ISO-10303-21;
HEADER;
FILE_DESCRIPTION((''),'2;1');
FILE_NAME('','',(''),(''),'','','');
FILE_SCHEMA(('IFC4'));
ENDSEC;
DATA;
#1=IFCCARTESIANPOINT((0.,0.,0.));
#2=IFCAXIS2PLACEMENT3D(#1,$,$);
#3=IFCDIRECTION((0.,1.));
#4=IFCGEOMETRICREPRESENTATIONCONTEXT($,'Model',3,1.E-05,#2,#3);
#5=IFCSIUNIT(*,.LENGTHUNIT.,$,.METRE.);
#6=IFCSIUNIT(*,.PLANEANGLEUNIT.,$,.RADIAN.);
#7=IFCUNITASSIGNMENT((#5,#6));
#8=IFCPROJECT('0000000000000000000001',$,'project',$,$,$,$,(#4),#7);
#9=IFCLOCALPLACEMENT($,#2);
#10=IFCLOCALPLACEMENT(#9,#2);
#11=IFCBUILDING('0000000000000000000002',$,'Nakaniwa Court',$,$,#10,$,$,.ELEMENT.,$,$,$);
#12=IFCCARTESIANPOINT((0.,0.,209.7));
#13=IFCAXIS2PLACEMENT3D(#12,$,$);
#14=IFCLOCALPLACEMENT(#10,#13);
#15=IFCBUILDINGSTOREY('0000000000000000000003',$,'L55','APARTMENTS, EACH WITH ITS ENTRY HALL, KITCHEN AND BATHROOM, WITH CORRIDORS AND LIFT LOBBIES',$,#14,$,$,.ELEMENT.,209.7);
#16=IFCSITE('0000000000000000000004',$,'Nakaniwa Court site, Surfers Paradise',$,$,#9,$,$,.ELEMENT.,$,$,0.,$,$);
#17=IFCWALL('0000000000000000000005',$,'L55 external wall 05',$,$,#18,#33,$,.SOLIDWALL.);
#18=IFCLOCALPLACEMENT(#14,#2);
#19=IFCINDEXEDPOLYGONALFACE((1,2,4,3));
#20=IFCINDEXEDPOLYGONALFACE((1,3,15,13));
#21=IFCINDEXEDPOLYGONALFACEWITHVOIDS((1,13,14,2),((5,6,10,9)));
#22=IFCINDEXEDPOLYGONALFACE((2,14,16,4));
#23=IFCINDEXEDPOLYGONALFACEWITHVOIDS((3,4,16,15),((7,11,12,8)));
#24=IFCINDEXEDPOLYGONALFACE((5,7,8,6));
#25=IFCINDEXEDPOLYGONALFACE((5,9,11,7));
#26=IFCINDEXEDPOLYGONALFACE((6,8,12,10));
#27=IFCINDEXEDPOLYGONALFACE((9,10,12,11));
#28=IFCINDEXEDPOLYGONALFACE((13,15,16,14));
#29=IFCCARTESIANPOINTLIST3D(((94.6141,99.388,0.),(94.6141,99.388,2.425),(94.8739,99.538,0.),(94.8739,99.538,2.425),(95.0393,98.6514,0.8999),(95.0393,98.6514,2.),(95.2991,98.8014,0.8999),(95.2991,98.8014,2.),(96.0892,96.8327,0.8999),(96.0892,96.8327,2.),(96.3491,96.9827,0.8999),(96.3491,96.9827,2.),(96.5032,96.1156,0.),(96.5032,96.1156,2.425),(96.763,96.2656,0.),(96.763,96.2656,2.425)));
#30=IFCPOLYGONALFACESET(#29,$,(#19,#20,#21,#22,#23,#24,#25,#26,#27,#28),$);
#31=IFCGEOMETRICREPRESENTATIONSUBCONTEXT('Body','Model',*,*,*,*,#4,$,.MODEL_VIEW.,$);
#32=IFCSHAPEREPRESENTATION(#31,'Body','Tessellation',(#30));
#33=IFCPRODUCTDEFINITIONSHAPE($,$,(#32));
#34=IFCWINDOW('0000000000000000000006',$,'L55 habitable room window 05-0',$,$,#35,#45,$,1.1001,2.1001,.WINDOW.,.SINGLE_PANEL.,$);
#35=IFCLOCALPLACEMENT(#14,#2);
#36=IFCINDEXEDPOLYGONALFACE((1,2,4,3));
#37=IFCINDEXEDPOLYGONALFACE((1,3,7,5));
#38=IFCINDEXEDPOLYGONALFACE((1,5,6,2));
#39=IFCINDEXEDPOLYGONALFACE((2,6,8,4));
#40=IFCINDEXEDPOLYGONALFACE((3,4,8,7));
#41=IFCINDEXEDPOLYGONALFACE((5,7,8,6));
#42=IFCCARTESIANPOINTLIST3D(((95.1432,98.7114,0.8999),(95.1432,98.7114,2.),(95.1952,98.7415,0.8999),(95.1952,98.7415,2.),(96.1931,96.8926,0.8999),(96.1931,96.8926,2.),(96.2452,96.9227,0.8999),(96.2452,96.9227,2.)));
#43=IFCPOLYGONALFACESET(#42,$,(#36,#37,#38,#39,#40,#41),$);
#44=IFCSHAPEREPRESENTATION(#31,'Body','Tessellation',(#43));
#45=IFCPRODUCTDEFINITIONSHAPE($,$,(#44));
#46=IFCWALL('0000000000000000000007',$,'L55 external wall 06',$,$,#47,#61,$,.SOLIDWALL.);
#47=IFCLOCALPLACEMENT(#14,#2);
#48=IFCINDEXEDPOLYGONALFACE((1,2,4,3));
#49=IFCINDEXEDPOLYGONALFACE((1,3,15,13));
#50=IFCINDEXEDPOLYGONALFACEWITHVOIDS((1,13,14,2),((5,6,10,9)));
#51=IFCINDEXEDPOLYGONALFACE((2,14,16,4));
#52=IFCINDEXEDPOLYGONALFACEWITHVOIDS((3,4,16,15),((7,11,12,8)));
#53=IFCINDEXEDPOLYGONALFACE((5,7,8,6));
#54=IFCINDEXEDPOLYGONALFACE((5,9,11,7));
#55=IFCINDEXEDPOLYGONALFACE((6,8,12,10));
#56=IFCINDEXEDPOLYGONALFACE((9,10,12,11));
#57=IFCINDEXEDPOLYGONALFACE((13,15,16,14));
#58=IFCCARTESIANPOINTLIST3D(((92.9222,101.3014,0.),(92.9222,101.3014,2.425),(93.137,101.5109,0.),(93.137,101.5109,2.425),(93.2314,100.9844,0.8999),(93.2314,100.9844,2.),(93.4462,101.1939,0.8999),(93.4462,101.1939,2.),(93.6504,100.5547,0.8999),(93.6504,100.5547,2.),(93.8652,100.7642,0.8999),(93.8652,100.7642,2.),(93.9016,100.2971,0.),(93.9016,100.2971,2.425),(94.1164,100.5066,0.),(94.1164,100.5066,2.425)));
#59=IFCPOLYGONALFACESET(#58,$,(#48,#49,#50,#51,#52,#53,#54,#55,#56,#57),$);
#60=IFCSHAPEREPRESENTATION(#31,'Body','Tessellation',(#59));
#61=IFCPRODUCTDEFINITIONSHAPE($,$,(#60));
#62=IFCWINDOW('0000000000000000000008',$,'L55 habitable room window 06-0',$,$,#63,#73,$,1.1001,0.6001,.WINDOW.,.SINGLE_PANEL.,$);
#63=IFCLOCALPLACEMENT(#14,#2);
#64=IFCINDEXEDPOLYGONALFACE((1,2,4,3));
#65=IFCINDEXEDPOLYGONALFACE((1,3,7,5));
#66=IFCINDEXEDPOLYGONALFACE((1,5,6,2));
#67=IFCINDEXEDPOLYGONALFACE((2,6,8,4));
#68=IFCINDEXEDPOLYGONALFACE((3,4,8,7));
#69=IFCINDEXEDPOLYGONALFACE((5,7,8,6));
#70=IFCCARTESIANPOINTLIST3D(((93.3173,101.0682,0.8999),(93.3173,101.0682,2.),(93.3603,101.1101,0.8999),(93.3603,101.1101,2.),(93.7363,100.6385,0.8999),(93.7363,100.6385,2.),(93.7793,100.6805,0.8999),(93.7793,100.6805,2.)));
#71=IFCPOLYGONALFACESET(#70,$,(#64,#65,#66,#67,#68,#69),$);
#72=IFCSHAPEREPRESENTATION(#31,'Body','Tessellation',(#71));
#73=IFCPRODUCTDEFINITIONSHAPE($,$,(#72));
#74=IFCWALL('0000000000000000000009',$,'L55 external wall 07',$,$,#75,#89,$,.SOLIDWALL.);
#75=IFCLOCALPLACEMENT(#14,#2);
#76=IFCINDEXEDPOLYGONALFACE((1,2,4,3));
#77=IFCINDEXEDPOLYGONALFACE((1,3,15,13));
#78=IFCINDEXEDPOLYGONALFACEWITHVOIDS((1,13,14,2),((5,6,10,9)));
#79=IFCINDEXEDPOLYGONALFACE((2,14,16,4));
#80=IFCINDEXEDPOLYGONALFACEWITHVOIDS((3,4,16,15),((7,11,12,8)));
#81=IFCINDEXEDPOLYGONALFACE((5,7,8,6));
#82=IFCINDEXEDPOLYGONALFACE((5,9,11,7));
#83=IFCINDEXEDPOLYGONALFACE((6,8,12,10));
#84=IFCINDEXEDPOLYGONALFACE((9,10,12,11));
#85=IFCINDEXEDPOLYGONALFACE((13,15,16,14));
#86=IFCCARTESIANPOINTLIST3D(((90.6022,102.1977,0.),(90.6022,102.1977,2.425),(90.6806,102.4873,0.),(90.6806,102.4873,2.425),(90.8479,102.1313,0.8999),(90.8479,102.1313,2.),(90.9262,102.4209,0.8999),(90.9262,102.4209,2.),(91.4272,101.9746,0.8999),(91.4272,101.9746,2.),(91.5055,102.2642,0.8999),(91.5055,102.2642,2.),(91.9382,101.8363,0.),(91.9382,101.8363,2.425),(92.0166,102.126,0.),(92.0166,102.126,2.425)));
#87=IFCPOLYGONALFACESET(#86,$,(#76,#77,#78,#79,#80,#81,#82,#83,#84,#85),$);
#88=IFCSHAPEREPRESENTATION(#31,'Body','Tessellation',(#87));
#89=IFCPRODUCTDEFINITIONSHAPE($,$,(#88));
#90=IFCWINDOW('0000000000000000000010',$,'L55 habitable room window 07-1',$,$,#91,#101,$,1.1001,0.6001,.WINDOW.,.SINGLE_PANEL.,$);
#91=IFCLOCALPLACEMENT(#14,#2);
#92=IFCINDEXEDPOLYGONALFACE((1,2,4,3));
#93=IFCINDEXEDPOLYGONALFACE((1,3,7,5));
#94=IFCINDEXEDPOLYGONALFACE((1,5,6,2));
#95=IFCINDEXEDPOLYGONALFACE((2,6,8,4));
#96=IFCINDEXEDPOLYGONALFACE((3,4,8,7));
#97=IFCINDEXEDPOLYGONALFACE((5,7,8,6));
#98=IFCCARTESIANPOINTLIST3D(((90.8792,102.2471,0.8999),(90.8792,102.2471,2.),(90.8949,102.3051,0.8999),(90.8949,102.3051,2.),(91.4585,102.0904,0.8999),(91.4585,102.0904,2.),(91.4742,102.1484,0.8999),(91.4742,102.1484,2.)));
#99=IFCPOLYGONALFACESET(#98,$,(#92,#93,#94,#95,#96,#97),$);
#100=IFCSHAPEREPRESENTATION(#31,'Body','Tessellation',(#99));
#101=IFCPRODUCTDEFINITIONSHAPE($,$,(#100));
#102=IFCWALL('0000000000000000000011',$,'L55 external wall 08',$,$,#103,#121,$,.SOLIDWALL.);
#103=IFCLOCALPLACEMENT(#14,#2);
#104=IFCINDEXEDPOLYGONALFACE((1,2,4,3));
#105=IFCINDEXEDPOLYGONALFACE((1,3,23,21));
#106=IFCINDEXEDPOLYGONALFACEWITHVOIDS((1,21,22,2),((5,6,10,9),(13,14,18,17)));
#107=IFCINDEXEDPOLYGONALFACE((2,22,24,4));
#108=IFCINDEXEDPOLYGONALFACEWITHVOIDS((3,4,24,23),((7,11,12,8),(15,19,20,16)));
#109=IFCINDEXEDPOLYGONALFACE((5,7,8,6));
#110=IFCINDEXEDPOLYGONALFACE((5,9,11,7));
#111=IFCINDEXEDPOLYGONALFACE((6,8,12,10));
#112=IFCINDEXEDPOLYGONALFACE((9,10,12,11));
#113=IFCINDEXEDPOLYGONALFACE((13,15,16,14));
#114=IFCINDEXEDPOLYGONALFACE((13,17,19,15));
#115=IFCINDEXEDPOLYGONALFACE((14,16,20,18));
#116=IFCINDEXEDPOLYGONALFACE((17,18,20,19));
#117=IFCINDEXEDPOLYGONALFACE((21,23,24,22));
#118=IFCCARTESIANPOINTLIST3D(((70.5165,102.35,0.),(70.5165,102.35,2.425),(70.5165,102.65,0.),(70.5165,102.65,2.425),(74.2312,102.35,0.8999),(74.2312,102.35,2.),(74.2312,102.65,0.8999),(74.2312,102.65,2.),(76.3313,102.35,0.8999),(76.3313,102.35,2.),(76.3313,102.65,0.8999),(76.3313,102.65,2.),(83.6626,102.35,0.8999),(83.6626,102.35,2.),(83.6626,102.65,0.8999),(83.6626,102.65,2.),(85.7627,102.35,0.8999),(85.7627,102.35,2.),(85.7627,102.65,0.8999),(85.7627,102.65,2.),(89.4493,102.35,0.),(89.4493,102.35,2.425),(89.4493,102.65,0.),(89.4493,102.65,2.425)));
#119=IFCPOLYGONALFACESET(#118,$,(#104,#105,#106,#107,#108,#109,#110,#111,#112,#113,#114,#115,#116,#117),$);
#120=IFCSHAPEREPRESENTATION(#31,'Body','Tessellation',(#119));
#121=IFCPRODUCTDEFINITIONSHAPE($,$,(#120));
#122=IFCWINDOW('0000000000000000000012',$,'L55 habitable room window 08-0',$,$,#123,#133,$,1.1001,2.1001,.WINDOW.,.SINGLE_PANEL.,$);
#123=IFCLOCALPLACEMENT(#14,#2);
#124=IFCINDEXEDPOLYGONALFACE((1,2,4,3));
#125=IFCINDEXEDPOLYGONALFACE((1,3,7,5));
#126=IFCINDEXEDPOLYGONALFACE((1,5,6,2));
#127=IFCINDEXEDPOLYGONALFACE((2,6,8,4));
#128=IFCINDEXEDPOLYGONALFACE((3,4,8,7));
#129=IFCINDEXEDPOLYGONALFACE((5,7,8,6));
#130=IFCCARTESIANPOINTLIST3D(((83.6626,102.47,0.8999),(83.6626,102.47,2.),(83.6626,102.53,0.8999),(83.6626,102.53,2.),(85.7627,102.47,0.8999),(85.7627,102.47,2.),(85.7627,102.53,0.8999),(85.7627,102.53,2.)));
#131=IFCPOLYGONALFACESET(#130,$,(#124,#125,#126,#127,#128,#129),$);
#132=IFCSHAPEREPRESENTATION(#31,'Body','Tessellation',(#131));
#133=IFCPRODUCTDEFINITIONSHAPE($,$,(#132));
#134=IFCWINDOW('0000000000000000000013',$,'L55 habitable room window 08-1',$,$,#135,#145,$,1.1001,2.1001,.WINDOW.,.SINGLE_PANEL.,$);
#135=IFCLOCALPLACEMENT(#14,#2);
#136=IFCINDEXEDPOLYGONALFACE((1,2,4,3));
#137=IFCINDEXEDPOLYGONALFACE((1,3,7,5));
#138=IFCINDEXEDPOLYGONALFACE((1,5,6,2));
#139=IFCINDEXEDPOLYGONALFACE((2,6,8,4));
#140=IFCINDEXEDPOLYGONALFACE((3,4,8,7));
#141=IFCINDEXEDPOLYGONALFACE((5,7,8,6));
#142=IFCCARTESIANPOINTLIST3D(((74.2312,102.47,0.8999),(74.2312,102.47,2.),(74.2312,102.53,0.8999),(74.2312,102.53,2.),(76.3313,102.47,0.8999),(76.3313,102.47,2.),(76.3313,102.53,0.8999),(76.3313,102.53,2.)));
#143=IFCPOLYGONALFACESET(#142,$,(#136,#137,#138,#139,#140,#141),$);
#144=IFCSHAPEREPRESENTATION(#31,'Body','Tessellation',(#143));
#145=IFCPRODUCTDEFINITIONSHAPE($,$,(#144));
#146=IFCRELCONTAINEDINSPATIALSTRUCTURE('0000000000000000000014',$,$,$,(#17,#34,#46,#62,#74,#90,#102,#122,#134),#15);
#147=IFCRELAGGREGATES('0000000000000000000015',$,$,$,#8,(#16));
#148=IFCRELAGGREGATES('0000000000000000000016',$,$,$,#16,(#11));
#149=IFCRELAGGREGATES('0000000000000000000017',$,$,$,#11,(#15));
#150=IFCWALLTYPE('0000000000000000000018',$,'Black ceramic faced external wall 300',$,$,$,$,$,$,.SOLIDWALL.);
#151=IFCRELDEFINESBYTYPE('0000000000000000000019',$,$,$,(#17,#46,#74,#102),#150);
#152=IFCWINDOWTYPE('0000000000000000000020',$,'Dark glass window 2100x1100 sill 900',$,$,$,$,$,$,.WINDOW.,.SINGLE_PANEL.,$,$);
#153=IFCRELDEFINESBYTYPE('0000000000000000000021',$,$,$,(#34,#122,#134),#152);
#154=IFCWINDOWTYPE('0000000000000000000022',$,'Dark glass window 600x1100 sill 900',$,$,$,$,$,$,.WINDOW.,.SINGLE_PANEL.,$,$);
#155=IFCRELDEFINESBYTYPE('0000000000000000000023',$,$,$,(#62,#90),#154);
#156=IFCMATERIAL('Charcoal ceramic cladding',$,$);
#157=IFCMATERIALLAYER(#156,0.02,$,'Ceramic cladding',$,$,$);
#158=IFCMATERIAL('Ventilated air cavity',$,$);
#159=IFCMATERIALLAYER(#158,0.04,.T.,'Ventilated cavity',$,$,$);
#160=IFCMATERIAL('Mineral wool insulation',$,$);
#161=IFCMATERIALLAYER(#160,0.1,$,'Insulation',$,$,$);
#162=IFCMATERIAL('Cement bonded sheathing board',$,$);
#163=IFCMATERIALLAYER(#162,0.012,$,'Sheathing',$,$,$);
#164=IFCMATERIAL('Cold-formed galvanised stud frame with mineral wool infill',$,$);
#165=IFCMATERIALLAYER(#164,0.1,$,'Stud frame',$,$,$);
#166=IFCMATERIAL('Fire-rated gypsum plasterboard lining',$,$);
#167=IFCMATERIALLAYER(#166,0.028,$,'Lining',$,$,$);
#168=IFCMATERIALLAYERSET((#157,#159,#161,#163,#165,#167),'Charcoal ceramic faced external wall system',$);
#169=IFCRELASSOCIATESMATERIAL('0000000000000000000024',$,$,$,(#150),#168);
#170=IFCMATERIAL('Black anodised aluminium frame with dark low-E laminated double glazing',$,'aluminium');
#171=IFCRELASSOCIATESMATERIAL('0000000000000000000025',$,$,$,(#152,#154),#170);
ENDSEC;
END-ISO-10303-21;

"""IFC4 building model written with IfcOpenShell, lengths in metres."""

from ifc_helpers import new_model, si_unit, direction, frame, frame_2d, origin, place, context, subcontext, project, spatial, rectangle, extrude, material, layer, layer_set, type_object, element, fill, save


model = new_model("IFC4")

# Units and contexts
model_context = context("Model", 3, precision=1e-05, world=origin(), true_north=direction((0.0, 1.0)))
body_context = subcontext(model_context, "Body", "Model", "MODEL_VIEW")
ifc_project = project(units=[si_unit("LENGTHUNIT", "METRE"), si_unit("PLANEANGLEUNIT", "RADIAN")], contexts=[model_context])

# Site, building, storey
site_placement = place(None, origin())
site = spatial("IfcSite", under=ifc_project, at=site_placement, Name="Nakaniwa Court site, Surfers Paradise", CompositionType="ELEMENT", RefElevation=0.0)
building_placement = place(site_placement, origin())
building = spatial("IfcBuilding", under=site, at=building_placement, Name="Nakaniwa Court", CompositionType="ELEMENT")
storey_placement = place(building_placement, frame((0.0, 0.0, 209.7)))
storey = spatial("IfcBuildingStorey", under=building, at=storey_placement, Name="L55", Description="APARTMENTS, EACH WITH ITS ENTRY HALL, KITCHEN AND BATHROOM, WITH CORRIDORS AND LIFT LOBBIES", CompositionType="ELEMENT", Elevation=209.7)

# Walls, openings, windows
ifc_material_1 = material(Name="Charcoal ceramic cladding")
ifc_layer_1 = layer(ifc_material_1, 0.02, Name="Ceramic cladding")
ifc_material_2 = material(Name="Ventilated air cavity")
ifc_layer_2 = layer(ifc_material_2, 0.04, ventilated=True, Name="Ventilated cavity")
ifc_material_3 = material(Name="Mineral wool insulation")
ifc_layer_3 = layer(ifc_material_3, 0.1, Name="Insulation")
ifc_material_4 = material(Name="Cement bonded sheathing board")
ifc_layer_4 = layer(ifc_material_4, 0.012, Name="Sheathing")
ifc_material_5 = material(Name="Cold-formed galvanised stud frame with mineral wool infill")
ifc_layer_5 = layer(ifc_material_5, 0.1, Name="Stud frame")
ifc_material_6 = material(Name="Fire-rated gypsum plasterboard lining")
ifc_layer_6 = layer(ifc_material_6, 0.028, Name="Lining")
ifc_layer_set_1 = layer_set([ifc_layer_1, ifc_layer_2, ifc_layer_3, ifc_layer_4, ifc_layer_5, ifc_layer_6], Name="Charcoal ceramic faced external wall system")
wall_type_1 = type_object("IfcWallType", Name="Black ceramic faced external wall 300", PredefinedType="SOLIDWALL", material=ifc_layer_set_1)
wall_1_placement = place(storey_placement, frame((96.6331, 96.1907, 0.0), z_axis=(0.0, 0.0, 1.0), x_axis=(-0.499961, 0.866048, 0.0)))
wall_1 = element("IfcWall", 1, at=wall_1_placement, inside=storey, type_object=wall_type_1, Name="L55 external wall 05", PredefinedType="SOLIDWALL", context=body_context, shape_type="SweptSolid", body=[
    extrude(rectangle(XDim=3.7786, YDim=0.3, at=frame_2d((1.8892, 0.0))), origin(), (0.0, 0.0, 1.0), 2.425),
])
opening_1_placement = place(wall_1_placement, frame((0.8279, 0.0, 0.8999)))
opening_1 = element("IfcOpeningElement", 2, at=opening_1_placement, cuts=wall_1, PredefinedType="OPENING", context=body_context, shape_type="SweptSolid", body=[
    extrude(rectangle(XDim=2.1001, YDim=1.1001, at=frame_2d((1.05, 0.55))), frame((0.0, 0.1599, 0.0), z_axis=(0.0, -1.0, 0.0), x_axis=(1.0, 0.0, 0.0)), (0.0, 0.0, 1.0), 0.3201),
])
ifc_material_7 = material(Name="Black anodised aluminium frame with dark low-E laminated double glazing", Category="aluminium")
window_type_1 = type_object("IfcWindowType", Name="Dark glass window 2100x1100 sill 900", PartitioningType="SINGLE_PANEL", PredefinedType="WINDOW", material=ifc_material_7)
window_1_placement = place(opening_1_placement, origin())
window_1 = element("IfcWindow", 3, at=window_1_placement, inside=storey, type_object=window_type_1, Name="L55 habitable room window 05-0", OverallHeight=1.1001, OverallWidth=2.1001, PartitioningType="SINGLE_PANEL", PredefinedType="WINDOW", context=body_context, shape_type="SweptSolid", body=[
    extrude(rectangle(XDim=2.1001, YDim=1.1001, at=frame_2d((1.05, 0.55))), frame((0.0, 0.03, 0.0), z_axis=(0.0, -1.0, 0.0), x_axis=(1.0, 0.0, 0.0)), (0.0, 0.0, 1.0), 0.0601),
])
fill(opening_1, window_1)
wall_2_placement = place(storey_placement, frame((94.009, 100.4019, 0.0), z_axis=(0.0, 0.0, 1.0), x_axis=(-0.698176, 0.715926, 0.0)))
wall_2 = element("IfcWall", 4, at=wall_2_placement, inside=storey, type_object=wall_type_1, Name="L55 external wall 06", PredefinedType="SOLIDWALL", context=body_context, shape_type="SweptSolid", body=[
    extrude(rectangle(XDim=1.4028, YDim=0.3, at=frame_2d((0.7014, 0.0))), origin(), (0.0, 0.0, 1.0), 2.425),
])
opening_2_placement = place(wall_2_placement, frame((0.3599, 0.0, 0.8999)))
opening_2 = element("IfcOpeningElement", 5, at=opening_2_placement, cuts=wall_2, PredefinedType="OPENING", context=body_context, shape_type="SweptSolid", body=[
    extrude(rectangle(XDim=0.6001, YDim=1.1001, at=frame_2d((0.3, 0.55))), frame((0.0, 0.1599, 0.0), z_axis=(0.0, -1.0, 0.0), x_axis=(1.0, 0.0, 0.0)), (0.0, 0.0, 1.0), 0.3201),
])
window_type_2 = type_object("IfcWindowType", Name="Dark glass window 600x1100 sill 900", PartitioningType="SINGLE_PANEL", PredefinedType="WINDOW", material=ifc_material_7)
window_2_placement = place(opening_2_placement, origin())
window_2 = element("IfcWindow", 6, at=window_2_placement, inside=storey, type_object=window_type_2, Name="L55 habitable room window 06-0", OverallHeight=1.1001, OverallWidth=0.6001, PartitioningType="SINGLE_PANEL", PredefinedType="WINDOW", context=body_context, shape_type="SweptSolid", body=[
    extrude(rectangle(XDim=0.6001, YDim=1.1001, at=frame_2d((0.3, 0.55))), frame((0.0, 0.03, 0.0), z_axis=(0.0, -1.0, 0.0), x_axis=(1.0, 0.0, 0.0)), (0.0, 0.0, 1.0), 0.0601),
])
fill(opening_2, window_2)
wall_3_placement = place(storey_placement, frame((91.9773, 101.9812, 0.0), z_axis=(0.0, 0.0, 1.0), x_axis=(-0.965315, 0.261087, 0.0)))
wall_3 = element("IfcWall", 7, at=wall_3_placement, inside=storey, type_object=wall_type_1, Name="L55 external wall 07", PredefinedType="SOLIDWALL", context=body_context, shape_type="SweptSolid", body=[
    extrude(rectangle(XDim=1.384, YDim=0.3, at=frame_2d((0.6919, 0.0))), origin(), (0.0, 0.0, 1.0), 2.425),
])
opening_3_placement = place(wall_3_placement, frame((0.5293, 0.0, 0.8999)))
opening_3 = element("IfcOpeningElement", 8, at=opening_3_placement, cuts=wall_3, PredefinedType="OPENING", context=body_context, shape_type="SweptSolid", body=[
    extrude(rectangle(XDim=0.6001, YDim=1.1001, at=frame_2d((0.3, 0.55))), frame((0.0, 0.1599, 0.0), z_axis=(0.0, -1.0, 0.0), x_axis=(1.0, 0.0, 0.0)), (0.0, 0.0, 1.0), 0.3201),
])
window_3_placement = place(opening_3_placement, origin())
window_3 = element("IfcWindow", 9, at=window_3_placement, inside=storey, type_object=window_type_2, Name="L55 habitable room window 07-1", OverallHeight=1.1001, OverallWidth=0.6001, PartitioningType="SINGLE_PANEL", PredefinedType="WINDOW", context=body_context, shape_type="SweptSolid", body=[
    extrude(rectangle(XDim=0.6001, YDim=1.1001, at=frame_2d((0.3, 0.55))), frame((0.0, 0.03, 0.0), z_axis=(0.0, -1.0, 0.0), x_axis=(1.0, 0.0, 0.0)), (0.0, 0.0, 1.0), 0.0601),
])
fill(opening_3, window_3)

# Wall, openings, windows
wall_4_placement = place(storey_placement, frame((89.4492, 102.5, 0.0), z_axis=(0.0, 0.0, 1.0), x_axis=(-1.0, 0.0, 0.0)))
wall_4 = element("IfcWall", 10, at=wall_4_placement, inside=storey, type_object=wall_type_1, Name="L55 external wall 08", PredefinedType="SOLIDWALL", context=body_context, shape_type="SweptSolid", body=[
    extrude(rectangle(XDim=18.9329, YDim=0.3, at=frame_2d((9.4663, 0.0))), origin(), (0.0, 0.0, 1.0), 2.425),
])
opening_4_placement = place(wall_4_placement, frame((3.6865, 0.0, 0.8999)))
opening_4 = element("IfcOpeningElement", 11, at=opening_4_placement, cuts=wall_4, PredefinedType="OPENING", context=body_context, shape_type="SweptSolid", body=[
    extrude(rectangle(XDim=2.1001, YDim=1.1001, at=frame_2d((1.05, 0.55))), frame((0.0, 0.1599, 0.0), z_axis=(0.0, -1.0, 0.0), x_axis=(1.0, 0.0, 0.0)), (0.0, 0.0, 1.0), 0.3201),
])
opening_5_placement = place(wall_4_placement, frame((13.1179, 0.0, 0.8999)))
opening_5 = element("IfcOpeningElement", 12, at=opening_5_placement, cuts=wall_4, PredefinedType="OPENING", context=body_context, shape_type="SweptSolid", body=[
    extrude(rectangle(XDim=2.1001, YDim=1.1001, at=frame_2d((1.05, 0.55))), frame((0.0, 0.1599, 0.0), z_axis=(0.0, -1.0, 0.0), x_axis=(1.0, 0.0, 0.0)), (0.0, 0.0, 1.0), 0.3201),
])
window_4_placement = place(opening_4_placement, origin())
window_4 = element("IfcWindow", 13, at=window_4_placement, inside=storey, type_object=window_type_1, Name="L55 habitable room window 08-0", OverallHeight=1.1001, OverallWidth=2.1001, PartitioningType="SINGLE_PANEL", PredefinedType="WINDOW", context=body_context, shape_type="SweptSolid", body=[
    extrude(rectangle(XDim=2.1001, YDim=1.1001, at=frame_2d((1.05, 0.55))), frame((0.0, 0.03, 0.0), z_axis=(0.0, -1.0, 0.0), x_axis=(1.0, 0.0, 0.0)), (0.0, 0.0, 1.0), 0.0601),
])
fill(opening_4, window_4)
window_5_placement = place(opening_5_placement, origin())
window_5 = element("IfcWindow", 14, at=window_5_placement, inside=storey, type_object=window_type_1, Name="L55 habitable room window 08-1", OverallHeight=1.1001, OverallWidth=2.1001, PartitioningType="SINGLE_PANEL", PredefinedType="WINDOW", context=body_context, shape_type="SweptSolid", body=[
    extrude(rectangle(XDim=2.1001, YDim=1.1001, at=frame_2d((1.05, 0.55))), frame((0.0, 0.03, 0.0), z_axis=(0.0, -1.0, 0.0), x_axis=(1.0, 0.0, 0.0)), (0.0, 0.0, 1.0), 0.0601),
])
fill(opening_5, window_5)

save(model, "model.ifc")
